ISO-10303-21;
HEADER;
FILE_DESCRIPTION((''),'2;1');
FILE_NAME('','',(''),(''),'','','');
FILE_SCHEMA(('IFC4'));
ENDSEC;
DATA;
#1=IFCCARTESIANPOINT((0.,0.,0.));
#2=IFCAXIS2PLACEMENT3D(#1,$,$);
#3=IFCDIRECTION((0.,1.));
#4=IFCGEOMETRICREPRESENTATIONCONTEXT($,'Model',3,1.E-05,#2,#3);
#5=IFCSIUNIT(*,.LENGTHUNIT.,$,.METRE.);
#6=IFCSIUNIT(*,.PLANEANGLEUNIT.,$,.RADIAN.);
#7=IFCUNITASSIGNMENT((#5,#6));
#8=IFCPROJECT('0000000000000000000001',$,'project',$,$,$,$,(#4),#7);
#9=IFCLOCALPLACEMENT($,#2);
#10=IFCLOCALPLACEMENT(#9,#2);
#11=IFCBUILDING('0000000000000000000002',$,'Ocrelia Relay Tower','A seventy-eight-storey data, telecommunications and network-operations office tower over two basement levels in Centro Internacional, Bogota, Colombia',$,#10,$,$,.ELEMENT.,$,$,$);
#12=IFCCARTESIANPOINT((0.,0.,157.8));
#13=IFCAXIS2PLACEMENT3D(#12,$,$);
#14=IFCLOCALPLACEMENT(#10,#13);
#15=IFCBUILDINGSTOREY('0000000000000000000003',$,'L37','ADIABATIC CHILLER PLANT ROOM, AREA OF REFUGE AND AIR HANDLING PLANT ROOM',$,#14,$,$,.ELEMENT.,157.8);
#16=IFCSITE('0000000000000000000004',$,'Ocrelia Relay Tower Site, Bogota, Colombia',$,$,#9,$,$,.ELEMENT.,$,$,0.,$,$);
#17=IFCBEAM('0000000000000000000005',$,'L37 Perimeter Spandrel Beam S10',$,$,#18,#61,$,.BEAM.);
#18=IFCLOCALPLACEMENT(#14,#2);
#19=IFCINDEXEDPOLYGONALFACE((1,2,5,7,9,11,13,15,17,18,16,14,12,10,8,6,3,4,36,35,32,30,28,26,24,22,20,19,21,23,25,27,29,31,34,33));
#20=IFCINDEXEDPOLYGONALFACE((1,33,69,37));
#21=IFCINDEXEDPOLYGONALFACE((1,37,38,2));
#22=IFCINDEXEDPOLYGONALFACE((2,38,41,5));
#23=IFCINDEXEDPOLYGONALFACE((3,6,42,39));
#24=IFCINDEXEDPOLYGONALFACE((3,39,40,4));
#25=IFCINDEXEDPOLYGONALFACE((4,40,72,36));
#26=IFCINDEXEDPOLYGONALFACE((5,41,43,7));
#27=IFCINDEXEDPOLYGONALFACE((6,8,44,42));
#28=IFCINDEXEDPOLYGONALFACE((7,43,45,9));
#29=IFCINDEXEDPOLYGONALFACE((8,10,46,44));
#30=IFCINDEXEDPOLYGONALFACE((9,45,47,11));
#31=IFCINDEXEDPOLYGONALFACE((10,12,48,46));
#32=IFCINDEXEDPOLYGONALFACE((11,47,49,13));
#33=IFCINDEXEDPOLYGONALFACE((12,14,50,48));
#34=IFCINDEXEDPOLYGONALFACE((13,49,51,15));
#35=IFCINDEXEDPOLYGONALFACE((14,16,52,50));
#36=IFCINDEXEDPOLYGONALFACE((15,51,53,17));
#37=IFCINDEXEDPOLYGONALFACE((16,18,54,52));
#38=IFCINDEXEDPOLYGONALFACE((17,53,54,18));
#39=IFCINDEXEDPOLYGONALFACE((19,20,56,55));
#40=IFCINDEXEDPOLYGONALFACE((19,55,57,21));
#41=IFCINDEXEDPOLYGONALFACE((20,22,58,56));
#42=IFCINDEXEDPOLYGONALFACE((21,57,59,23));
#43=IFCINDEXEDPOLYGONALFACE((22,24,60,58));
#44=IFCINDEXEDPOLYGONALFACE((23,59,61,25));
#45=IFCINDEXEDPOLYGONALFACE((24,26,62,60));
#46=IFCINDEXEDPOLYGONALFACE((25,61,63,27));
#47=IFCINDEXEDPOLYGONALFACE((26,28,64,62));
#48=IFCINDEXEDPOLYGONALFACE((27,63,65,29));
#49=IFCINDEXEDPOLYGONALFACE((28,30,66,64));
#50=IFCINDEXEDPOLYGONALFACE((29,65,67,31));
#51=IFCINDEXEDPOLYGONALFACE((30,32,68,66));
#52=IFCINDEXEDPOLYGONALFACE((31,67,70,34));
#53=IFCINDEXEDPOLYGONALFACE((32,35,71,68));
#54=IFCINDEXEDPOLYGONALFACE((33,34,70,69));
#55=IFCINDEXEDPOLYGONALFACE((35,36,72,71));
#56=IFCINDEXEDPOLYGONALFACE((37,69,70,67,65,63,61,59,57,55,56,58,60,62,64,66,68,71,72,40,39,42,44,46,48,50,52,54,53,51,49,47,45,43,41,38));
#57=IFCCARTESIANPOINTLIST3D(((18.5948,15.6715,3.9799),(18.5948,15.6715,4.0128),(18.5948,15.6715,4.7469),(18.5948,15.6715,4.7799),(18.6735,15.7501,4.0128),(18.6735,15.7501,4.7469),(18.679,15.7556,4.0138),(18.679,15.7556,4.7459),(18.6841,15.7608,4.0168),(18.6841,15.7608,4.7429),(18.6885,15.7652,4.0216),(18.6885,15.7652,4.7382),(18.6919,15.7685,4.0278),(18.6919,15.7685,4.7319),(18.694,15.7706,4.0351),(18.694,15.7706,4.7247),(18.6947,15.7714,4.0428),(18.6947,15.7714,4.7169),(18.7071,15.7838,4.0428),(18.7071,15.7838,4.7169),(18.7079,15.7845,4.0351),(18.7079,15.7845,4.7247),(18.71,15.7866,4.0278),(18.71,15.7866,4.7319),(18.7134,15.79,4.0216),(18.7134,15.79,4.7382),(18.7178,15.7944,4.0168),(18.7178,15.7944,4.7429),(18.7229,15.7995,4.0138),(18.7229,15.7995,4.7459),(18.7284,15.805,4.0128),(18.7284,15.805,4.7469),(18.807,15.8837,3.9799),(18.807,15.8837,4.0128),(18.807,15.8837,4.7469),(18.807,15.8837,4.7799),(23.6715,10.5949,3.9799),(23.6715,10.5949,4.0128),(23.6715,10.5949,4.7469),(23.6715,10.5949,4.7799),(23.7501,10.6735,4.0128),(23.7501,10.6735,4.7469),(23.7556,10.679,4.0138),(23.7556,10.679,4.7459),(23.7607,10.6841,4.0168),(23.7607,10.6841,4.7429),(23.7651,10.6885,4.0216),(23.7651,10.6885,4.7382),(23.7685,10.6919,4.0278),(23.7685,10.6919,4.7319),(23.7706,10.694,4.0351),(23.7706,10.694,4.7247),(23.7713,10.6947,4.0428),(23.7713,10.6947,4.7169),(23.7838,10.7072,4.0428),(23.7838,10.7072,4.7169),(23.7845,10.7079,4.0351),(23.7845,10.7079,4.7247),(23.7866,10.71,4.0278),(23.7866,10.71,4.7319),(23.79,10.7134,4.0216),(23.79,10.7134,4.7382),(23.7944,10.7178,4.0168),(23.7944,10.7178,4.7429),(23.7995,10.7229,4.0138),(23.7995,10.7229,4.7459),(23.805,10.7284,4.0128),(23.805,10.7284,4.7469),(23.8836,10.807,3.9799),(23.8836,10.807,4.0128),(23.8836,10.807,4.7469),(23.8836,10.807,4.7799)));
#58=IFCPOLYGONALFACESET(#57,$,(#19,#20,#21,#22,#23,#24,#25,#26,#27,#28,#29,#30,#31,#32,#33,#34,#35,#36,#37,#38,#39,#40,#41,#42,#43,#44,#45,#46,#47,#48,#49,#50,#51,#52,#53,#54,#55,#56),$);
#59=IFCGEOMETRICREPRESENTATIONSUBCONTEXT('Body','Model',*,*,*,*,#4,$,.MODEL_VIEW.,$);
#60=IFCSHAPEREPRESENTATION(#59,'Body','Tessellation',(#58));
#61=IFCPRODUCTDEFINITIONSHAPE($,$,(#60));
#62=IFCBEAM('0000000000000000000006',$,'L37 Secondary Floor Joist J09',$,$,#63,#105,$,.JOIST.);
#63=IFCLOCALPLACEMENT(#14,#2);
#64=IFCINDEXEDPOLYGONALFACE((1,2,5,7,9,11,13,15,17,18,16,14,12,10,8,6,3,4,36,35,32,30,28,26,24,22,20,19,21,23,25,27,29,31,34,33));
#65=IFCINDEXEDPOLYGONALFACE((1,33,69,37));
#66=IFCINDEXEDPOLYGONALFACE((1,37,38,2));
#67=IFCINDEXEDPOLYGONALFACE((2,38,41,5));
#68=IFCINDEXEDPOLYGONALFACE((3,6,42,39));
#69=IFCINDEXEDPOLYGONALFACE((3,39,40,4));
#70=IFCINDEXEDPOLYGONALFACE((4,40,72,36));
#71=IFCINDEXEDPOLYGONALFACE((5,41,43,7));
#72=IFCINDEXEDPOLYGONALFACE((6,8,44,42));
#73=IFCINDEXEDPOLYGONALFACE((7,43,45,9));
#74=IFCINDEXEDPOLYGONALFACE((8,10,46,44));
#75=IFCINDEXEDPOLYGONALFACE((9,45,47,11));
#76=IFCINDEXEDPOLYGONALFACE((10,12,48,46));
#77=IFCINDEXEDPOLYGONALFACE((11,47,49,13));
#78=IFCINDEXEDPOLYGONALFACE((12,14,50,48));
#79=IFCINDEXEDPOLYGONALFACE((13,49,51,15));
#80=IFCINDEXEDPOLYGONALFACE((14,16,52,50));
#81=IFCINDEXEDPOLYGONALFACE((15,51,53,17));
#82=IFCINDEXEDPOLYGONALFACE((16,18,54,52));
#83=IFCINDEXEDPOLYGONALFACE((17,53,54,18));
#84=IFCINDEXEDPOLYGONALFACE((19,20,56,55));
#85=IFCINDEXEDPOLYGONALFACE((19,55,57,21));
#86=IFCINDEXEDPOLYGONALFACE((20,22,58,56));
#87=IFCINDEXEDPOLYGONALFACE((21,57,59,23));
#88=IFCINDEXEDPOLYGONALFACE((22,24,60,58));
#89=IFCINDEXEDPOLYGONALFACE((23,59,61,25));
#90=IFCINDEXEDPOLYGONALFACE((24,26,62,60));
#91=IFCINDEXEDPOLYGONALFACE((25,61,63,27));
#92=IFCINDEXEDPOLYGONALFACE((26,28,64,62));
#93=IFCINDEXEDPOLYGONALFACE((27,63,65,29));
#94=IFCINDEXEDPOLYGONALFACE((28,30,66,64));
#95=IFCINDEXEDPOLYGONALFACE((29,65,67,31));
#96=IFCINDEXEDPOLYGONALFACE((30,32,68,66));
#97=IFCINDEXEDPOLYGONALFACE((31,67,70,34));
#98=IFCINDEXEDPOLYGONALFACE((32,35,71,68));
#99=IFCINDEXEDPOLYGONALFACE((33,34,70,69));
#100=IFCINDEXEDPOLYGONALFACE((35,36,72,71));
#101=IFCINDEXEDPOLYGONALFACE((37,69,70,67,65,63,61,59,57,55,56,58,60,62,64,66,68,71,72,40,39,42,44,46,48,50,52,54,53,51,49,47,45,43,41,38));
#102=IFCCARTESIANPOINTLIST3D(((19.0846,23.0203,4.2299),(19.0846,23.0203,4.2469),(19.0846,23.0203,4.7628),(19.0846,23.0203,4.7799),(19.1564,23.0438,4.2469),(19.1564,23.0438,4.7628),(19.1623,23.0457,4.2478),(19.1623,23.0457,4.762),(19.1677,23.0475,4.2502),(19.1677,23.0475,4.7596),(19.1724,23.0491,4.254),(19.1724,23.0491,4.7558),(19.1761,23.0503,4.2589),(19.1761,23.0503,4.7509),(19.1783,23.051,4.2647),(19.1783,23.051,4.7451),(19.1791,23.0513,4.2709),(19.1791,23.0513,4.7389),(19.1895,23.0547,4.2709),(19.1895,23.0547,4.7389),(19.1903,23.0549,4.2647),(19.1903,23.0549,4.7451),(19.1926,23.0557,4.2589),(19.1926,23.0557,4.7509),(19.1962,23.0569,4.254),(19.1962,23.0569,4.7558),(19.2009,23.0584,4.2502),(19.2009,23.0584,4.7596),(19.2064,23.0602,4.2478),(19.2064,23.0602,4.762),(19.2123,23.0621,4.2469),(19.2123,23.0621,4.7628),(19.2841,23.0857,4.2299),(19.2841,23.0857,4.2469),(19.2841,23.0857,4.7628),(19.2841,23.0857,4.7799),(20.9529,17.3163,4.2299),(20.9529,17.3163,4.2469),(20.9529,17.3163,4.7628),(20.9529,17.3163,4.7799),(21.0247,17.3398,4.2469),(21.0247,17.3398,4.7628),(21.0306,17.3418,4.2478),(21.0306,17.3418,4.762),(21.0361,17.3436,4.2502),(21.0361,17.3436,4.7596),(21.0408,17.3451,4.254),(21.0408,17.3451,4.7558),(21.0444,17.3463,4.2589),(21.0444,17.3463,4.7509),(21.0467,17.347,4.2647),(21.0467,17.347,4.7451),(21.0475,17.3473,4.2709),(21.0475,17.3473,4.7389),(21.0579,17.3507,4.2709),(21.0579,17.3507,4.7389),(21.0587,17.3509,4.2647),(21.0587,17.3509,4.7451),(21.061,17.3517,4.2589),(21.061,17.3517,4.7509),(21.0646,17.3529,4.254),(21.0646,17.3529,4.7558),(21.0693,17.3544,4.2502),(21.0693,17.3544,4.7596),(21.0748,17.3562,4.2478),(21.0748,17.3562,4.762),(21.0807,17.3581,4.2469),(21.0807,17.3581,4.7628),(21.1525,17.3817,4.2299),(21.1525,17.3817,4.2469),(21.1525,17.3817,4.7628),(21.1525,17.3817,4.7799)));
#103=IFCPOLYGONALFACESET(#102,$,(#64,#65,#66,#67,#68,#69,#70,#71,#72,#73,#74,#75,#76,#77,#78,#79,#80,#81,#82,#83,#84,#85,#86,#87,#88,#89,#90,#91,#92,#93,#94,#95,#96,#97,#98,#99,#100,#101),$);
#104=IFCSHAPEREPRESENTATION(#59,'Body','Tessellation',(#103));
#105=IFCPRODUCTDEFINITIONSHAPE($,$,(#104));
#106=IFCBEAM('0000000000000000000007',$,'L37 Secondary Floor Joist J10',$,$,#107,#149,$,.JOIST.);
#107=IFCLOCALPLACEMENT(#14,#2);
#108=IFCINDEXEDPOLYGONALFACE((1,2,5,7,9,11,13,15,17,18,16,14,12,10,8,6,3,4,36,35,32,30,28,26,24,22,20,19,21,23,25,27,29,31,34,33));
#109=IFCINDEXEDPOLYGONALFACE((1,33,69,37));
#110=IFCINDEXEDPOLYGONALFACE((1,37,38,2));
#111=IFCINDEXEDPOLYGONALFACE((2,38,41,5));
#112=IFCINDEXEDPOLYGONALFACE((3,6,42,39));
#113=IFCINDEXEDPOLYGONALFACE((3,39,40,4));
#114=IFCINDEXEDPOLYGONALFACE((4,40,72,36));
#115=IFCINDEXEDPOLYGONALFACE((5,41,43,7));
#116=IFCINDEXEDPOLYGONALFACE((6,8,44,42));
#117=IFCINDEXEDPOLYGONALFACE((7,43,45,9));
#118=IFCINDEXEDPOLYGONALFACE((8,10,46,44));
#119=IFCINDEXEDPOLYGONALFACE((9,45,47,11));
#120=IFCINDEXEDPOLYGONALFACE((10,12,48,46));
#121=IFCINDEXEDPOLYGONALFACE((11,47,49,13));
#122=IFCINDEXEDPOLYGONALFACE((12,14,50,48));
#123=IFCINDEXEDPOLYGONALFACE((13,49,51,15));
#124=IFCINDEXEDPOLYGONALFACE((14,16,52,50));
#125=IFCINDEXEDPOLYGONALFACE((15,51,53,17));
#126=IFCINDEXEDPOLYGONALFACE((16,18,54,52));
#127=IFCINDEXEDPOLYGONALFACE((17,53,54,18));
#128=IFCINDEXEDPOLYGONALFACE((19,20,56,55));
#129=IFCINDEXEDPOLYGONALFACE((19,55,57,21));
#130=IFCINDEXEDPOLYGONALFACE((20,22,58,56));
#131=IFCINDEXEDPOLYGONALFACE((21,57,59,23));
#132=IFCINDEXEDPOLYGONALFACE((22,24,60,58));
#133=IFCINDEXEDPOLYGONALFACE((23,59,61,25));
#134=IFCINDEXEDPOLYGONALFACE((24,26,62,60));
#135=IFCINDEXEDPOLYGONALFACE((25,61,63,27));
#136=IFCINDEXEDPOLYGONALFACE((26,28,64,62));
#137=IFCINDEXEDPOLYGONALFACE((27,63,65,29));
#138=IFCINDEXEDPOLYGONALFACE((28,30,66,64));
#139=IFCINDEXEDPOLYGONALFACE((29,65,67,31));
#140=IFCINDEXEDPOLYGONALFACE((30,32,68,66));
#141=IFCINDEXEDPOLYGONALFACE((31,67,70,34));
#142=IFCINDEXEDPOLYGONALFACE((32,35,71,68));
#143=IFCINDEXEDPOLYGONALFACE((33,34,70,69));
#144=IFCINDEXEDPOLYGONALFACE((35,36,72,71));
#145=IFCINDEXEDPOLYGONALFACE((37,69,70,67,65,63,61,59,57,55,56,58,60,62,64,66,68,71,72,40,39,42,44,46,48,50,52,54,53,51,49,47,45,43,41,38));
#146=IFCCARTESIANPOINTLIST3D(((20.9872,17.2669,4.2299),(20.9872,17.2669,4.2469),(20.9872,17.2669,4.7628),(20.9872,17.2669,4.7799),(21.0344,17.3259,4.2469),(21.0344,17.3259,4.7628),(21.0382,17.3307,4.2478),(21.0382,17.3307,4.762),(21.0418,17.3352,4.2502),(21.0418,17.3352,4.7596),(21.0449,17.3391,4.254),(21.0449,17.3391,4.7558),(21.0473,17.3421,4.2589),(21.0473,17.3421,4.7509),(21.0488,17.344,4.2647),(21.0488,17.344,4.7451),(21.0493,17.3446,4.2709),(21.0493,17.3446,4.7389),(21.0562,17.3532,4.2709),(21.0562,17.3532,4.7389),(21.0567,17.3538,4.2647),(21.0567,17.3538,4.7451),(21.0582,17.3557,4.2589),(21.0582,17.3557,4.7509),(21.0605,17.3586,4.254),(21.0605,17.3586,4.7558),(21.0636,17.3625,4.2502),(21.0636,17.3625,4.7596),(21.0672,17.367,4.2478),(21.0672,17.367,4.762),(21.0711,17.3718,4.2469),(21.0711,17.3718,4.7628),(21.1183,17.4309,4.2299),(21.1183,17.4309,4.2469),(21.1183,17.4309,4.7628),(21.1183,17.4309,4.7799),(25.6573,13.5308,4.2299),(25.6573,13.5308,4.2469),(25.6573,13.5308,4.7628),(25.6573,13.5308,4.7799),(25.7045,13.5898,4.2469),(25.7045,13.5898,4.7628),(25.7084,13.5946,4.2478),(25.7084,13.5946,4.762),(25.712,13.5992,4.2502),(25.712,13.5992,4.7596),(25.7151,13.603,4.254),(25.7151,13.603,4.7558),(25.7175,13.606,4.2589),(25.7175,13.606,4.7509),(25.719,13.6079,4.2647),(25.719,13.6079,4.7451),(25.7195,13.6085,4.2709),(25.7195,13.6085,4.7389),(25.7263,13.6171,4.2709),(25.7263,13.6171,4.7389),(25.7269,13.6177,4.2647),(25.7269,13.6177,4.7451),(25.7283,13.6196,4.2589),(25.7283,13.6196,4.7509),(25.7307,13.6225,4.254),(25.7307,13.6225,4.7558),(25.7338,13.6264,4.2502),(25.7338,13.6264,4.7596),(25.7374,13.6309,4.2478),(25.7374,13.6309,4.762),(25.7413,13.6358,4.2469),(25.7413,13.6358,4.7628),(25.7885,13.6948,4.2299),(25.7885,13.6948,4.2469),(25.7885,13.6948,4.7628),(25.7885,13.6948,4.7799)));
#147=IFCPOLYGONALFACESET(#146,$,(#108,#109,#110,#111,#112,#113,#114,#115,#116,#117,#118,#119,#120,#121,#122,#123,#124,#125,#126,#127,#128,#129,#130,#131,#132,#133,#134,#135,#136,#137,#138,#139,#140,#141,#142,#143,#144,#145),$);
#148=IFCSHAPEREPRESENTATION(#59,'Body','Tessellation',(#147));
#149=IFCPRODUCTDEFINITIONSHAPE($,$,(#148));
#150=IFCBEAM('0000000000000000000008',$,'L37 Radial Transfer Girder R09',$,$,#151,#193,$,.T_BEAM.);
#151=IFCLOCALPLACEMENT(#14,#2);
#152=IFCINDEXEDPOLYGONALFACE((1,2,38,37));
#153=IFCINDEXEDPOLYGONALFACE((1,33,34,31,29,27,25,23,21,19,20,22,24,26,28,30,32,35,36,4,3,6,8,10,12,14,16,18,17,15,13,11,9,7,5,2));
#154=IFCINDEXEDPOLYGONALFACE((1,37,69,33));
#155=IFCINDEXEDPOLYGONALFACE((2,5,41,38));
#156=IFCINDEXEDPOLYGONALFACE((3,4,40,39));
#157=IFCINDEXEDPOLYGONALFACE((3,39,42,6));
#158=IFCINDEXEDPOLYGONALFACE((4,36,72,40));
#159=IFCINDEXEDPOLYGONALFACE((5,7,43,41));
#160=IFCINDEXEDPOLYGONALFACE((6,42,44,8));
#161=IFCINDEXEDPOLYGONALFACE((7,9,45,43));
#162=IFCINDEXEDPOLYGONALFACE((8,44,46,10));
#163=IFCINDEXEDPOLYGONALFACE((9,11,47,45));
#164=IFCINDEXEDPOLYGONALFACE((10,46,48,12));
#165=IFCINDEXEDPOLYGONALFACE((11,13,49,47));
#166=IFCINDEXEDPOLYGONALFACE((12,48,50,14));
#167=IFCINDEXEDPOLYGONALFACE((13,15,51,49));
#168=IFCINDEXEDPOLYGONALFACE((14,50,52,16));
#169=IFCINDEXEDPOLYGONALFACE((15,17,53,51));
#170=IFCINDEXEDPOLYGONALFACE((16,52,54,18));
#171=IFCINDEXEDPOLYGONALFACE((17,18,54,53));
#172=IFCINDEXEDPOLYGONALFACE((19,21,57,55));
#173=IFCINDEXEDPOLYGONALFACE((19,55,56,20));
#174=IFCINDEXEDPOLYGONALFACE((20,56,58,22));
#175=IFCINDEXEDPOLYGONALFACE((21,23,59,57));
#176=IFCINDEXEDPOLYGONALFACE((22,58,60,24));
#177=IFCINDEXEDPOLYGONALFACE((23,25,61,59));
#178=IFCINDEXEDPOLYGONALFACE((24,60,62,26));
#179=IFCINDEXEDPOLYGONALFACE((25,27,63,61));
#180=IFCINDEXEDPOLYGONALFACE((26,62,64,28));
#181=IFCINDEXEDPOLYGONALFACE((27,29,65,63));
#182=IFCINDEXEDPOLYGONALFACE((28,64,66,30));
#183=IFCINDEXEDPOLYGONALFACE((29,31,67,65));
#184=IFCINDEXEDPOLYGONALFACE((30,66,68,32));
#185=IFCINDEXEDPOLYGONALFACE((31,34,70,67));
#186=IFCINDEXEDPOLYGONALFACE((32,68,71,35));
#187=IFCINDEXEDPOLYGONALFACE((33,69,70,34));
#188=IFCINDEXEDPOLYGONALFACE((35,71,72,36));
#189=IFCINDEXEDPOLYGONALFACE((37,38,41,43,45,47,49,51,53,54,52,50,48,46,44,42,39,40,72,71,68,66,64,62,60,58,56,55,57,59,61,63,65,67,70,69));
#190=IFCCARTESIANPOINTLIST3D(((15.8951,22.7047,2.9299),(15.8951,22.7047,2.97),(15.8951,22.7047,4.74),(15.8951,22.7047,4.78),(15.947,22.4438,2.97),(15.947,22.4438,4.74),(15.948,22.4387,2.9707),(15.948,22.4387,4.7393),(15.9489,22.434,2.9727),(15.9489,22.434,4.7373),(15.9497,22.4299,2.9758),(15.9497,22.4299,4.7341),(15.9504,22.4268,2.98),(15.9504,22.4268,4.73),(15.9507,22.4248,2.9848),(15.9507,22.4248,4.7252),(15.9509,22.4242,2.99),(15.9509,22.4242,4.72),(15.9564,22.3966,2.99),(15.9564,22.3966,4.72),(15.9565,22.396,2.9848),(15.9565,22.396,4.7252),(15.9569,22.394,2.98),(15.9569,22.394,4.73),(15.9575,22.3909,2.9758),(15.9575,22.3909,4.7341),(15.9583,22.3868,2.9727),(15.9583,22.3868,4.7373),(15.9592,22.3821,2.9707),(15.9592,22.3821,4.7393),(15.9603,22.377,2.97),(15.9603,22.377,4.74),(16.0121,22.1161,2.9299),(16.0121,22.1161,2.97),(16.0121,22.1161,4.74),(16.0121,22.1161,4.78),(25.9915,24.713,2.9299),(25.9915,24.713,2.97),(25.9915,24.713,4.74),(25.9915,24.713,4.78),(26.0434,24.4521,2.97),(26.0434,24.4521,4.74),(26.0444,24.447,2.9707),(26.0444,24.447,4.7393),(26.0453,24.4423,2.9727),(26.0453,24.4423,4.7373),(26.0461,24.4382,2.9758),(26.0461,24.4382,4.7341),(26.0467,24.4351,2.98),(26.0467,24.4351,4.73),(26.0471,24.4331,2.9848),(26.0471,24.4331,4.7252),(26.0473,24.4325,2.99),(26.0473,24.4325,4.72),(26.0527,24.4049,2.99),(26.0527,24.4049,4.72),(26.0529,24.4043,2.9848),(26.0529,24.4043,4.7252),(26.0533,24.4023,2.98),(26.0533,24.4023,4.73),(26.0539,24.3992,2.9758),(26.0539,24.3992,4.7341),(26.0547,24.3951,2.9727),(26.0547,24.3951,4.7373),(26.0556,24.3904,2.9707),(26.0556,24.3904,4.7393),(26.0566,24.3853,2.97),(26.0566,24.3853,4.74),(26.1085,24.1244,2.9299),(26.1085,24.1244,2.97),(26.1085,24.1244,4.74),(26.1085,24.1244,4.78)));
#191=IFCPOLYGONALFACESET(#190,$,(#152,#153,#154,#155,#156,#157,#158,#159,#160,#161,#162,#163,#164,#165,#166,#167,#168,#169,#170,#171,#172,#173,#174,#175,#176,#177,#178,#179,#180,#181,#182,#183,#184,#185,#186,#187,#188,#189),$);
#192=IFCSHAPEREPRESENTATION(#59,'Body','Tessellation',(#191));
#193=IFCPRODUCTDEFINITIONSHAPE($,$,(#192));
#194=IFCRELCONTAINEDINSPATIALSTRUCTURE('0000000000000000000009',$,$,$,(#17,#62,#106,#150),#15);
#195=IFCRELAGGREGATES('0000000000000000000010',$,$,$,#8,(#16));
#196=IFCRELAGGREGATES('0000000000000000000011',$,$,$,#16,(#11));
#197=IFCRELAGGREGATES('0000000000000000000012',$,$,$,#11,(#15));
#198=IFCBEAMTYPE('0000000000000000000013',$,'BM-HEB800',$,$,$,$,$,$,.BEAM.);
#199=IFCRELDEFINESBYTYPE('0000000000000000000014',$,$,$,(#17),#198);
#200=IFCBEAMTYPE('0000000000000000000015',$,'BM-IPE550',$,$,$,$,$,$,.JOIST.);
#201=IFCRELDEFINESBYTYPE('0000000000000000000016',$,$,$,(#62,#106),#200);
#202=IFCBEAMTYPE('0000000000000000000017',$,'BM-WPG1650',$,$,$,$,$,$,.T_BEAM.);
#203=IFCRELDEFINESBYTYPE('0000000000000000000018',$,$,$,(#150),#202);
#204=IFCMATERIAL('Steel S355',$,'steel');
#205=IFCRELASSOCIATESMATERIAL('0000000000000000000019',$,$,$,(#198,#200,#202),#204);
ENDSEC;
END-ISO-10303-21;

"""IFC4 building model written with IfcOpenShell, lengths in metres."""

from ifc_helpers import new_model, si_unit, direction, frame, origin, origin_2d, place, context, subcontext, project, spatial, i_section, extrude, material, material_profile, profile_set, type_object, element, save


model = new_model("IFC4")

# Units and contexts
model_context = context("Model", 3, precision=1e-05, world=origin(), true_north=direction((0.0, 1.0)))
body_context = subcontext(model_context, "Body", "Model", "MODEL_VIEW")
ifc_project = project(units=[si_unit("LENGTHUNIT", "METRE"), si_unit("PLANEANGLEUNIT", "RADIAN")], contexts=[model_context])

# Site, building, storey
site_placement = place(None, origin())
site = spatial("IfcSite", under=ifc_project, at=site_placement, Name="Ocrelia Relay Tower Site, Bogota, Colombia", CompositionType="ELEMENT", RefElevation=0.0)
building_placement = place(site_placement, origin())
building = spatial("IfcBuilding", under=site, at=building_placement, Name="Ocrelia Relay Tower", Description="A seventy-eight-storey data, telecommunications and network-operations office tower over two basement levels in Centro Internacional, Bogota, Colombia", CompositionType="ELEMENT")
storey_placement = place(building_placement, frame((0.0, 0.0, 157.8)))
storey = spatial("IfcBuildingStorey", under=building, at=storey_placement, Name="L37", Description="ADIABATIC CHILLER PLANT ROOM, AREA OF REFUGE AND AIR HANDLING PLANT ROOM", CompositionType="ELEMENT", Elevation=157.8)

# Beams
ifc_material_1 = material(Name="Steel S355", Category="steel")
ifc_material_profile_1 = material_profile(ifc_material_1, i_section(OverallWidth=0.3, OverallDepth=0.8, WebThickness=0.0176, FlangeThickness=0.033, FilletRadius=0.03, at=origin_2d()), Name="HEB 800")
ifc_profile_set_1 = profile_set([ifc_material_profile_1], Name="Steel S355")
beam_type_1 = type_object("IfcBeamType", Name="BM-HEB800", PredefinedType="BEAM", material=ifc_profile_set_1)
beam_1_placement = place(storey_placement, frame((18.7009, 15.7776, 4.3799), z_axis=(0.707107, -0.707107, 0.0), x_axis=(0.707107, 0.707107, 0.0)))
element("IfcBeam", 1, at=beam_1_placement, inside=storey, type_object=beam_type_1, Name="L37 Perimeter Spandrel Beam S10", PredefinedType="BEAM", context=body_context, shape_type="SweptSolid", body=[
    extrude(i_section(OverallWidth=0.3, OverallDepth=0.8, WebThickness=0.0176, FlangeThickness=0.033, FilletRadius=0.03, at=origin_2d()), origin(), (0.0, 0.0, 1.0), 7.1794),
])
ifc_material_profile_2 = material_profile(ifc_material_1, i_section(OverallWidth=0.21, OverallDepth=0.55, WebThickness=0.011, FlangeThickness=0.0171, FilletRadius=0.0239, at=origin_2d()), Name="IPE 550")
ifc_profile_set_2 = profile_set([ifc_material_profile_2], Name="Steel S355")
beam_type_2 = type_object("IfcBeamType", Name="BM-IPE550", PredefinedType="JOIST", material=ifc_profile_set_2)
beam_2_placement = place(storey_placement, frame((19.1843, 23.053, 4.5049), z_axis=(0.311282, -0.950318, 0.0), x_axis=(0.950318, 0.311282, 0.0)))
element("IfcBeam", 2, at=beam_2_placement, inside=storey, type_object=beam_type_2, Name="L37 Secondary Floor Joist J09", PredefinedType="JOIST", context=body_context, shape_type="SweptSolid", body=[
    extrude(i_section(OverallWidth=0.21, OverallDepth=0.55, WebThickness=0.011, FlangeThickness=0.0171, FilletRadius=0.0239, at=origin_2d()), origin(), (0.0, 0.0, 1.0), 6.0022),
])
beam_3_placement = place(storey_placement, frame((21.0527, 17.3489, 4.5049), z_axis=(0.780873, -0.62469, 0.0), x_axis=(0.62469, 0.780873, 0.0)))
element("IfcBeam", 3, at=beam_3_placement, inside=storey, type_object=beam_type_2, Name="L37 Secondary Floor Joist J10", PredefinedType="JOIST", context=body_context, shape_type="SweptSolid", body=[
    extrude(i_section(OverallWidth=0.21, OverallDepth=0.55, WebThickness=0.011, FlangeThickness=0.0171, FilletRadius=0.0239, at=origin_2d()), origin(), (0.0, 0.0, 1.0), 5.9807),
])
ifc_material_profile_3 = material_profile(ifc_material_1, i_section(OverallWidth=0.6001, OverallDepth=1.8501, WebThickness=0.0281, FlangeThickness=0.04, FilletRadius=0.02, at=origin_2d()), Name="WPG 1850x600")
ifc_profile_set_3 = profile_set([ifc_material_profile_3], Name="Steel S355")
beam_type_3 = type_object("IfcBeamType", Name="BM-WPG1650", PredefinedType="T_BEAM", material=ifc_profile_set_3)
beam_4_placement = place(storey_placement, frame((15.9536, 22.4104, 3.855), z_axis=(0.980785, 0.19509, 0.0), x_axis=(-0.19509, 0.980785, 0.0)))
element("IfcBeam", 4, at=beam_4_placement, inside=storey, type_object=beam_type_3, Name="L37 Radial Transfer Girder R09", PredefinedType="T_BEAM", context=body_context, shape_type="SweptSolid", body=[
    extrude(i_section(OverallWidth=0.6001, OverallDepth=1.8501, WebThickness=0.0281, FlangeThickness=0.04, FilletRadius=0.02, at=origin_2d()), origin(), (0.0, 0.0, 1.0), 10.2942),
])

save(model, "model.ifc")
